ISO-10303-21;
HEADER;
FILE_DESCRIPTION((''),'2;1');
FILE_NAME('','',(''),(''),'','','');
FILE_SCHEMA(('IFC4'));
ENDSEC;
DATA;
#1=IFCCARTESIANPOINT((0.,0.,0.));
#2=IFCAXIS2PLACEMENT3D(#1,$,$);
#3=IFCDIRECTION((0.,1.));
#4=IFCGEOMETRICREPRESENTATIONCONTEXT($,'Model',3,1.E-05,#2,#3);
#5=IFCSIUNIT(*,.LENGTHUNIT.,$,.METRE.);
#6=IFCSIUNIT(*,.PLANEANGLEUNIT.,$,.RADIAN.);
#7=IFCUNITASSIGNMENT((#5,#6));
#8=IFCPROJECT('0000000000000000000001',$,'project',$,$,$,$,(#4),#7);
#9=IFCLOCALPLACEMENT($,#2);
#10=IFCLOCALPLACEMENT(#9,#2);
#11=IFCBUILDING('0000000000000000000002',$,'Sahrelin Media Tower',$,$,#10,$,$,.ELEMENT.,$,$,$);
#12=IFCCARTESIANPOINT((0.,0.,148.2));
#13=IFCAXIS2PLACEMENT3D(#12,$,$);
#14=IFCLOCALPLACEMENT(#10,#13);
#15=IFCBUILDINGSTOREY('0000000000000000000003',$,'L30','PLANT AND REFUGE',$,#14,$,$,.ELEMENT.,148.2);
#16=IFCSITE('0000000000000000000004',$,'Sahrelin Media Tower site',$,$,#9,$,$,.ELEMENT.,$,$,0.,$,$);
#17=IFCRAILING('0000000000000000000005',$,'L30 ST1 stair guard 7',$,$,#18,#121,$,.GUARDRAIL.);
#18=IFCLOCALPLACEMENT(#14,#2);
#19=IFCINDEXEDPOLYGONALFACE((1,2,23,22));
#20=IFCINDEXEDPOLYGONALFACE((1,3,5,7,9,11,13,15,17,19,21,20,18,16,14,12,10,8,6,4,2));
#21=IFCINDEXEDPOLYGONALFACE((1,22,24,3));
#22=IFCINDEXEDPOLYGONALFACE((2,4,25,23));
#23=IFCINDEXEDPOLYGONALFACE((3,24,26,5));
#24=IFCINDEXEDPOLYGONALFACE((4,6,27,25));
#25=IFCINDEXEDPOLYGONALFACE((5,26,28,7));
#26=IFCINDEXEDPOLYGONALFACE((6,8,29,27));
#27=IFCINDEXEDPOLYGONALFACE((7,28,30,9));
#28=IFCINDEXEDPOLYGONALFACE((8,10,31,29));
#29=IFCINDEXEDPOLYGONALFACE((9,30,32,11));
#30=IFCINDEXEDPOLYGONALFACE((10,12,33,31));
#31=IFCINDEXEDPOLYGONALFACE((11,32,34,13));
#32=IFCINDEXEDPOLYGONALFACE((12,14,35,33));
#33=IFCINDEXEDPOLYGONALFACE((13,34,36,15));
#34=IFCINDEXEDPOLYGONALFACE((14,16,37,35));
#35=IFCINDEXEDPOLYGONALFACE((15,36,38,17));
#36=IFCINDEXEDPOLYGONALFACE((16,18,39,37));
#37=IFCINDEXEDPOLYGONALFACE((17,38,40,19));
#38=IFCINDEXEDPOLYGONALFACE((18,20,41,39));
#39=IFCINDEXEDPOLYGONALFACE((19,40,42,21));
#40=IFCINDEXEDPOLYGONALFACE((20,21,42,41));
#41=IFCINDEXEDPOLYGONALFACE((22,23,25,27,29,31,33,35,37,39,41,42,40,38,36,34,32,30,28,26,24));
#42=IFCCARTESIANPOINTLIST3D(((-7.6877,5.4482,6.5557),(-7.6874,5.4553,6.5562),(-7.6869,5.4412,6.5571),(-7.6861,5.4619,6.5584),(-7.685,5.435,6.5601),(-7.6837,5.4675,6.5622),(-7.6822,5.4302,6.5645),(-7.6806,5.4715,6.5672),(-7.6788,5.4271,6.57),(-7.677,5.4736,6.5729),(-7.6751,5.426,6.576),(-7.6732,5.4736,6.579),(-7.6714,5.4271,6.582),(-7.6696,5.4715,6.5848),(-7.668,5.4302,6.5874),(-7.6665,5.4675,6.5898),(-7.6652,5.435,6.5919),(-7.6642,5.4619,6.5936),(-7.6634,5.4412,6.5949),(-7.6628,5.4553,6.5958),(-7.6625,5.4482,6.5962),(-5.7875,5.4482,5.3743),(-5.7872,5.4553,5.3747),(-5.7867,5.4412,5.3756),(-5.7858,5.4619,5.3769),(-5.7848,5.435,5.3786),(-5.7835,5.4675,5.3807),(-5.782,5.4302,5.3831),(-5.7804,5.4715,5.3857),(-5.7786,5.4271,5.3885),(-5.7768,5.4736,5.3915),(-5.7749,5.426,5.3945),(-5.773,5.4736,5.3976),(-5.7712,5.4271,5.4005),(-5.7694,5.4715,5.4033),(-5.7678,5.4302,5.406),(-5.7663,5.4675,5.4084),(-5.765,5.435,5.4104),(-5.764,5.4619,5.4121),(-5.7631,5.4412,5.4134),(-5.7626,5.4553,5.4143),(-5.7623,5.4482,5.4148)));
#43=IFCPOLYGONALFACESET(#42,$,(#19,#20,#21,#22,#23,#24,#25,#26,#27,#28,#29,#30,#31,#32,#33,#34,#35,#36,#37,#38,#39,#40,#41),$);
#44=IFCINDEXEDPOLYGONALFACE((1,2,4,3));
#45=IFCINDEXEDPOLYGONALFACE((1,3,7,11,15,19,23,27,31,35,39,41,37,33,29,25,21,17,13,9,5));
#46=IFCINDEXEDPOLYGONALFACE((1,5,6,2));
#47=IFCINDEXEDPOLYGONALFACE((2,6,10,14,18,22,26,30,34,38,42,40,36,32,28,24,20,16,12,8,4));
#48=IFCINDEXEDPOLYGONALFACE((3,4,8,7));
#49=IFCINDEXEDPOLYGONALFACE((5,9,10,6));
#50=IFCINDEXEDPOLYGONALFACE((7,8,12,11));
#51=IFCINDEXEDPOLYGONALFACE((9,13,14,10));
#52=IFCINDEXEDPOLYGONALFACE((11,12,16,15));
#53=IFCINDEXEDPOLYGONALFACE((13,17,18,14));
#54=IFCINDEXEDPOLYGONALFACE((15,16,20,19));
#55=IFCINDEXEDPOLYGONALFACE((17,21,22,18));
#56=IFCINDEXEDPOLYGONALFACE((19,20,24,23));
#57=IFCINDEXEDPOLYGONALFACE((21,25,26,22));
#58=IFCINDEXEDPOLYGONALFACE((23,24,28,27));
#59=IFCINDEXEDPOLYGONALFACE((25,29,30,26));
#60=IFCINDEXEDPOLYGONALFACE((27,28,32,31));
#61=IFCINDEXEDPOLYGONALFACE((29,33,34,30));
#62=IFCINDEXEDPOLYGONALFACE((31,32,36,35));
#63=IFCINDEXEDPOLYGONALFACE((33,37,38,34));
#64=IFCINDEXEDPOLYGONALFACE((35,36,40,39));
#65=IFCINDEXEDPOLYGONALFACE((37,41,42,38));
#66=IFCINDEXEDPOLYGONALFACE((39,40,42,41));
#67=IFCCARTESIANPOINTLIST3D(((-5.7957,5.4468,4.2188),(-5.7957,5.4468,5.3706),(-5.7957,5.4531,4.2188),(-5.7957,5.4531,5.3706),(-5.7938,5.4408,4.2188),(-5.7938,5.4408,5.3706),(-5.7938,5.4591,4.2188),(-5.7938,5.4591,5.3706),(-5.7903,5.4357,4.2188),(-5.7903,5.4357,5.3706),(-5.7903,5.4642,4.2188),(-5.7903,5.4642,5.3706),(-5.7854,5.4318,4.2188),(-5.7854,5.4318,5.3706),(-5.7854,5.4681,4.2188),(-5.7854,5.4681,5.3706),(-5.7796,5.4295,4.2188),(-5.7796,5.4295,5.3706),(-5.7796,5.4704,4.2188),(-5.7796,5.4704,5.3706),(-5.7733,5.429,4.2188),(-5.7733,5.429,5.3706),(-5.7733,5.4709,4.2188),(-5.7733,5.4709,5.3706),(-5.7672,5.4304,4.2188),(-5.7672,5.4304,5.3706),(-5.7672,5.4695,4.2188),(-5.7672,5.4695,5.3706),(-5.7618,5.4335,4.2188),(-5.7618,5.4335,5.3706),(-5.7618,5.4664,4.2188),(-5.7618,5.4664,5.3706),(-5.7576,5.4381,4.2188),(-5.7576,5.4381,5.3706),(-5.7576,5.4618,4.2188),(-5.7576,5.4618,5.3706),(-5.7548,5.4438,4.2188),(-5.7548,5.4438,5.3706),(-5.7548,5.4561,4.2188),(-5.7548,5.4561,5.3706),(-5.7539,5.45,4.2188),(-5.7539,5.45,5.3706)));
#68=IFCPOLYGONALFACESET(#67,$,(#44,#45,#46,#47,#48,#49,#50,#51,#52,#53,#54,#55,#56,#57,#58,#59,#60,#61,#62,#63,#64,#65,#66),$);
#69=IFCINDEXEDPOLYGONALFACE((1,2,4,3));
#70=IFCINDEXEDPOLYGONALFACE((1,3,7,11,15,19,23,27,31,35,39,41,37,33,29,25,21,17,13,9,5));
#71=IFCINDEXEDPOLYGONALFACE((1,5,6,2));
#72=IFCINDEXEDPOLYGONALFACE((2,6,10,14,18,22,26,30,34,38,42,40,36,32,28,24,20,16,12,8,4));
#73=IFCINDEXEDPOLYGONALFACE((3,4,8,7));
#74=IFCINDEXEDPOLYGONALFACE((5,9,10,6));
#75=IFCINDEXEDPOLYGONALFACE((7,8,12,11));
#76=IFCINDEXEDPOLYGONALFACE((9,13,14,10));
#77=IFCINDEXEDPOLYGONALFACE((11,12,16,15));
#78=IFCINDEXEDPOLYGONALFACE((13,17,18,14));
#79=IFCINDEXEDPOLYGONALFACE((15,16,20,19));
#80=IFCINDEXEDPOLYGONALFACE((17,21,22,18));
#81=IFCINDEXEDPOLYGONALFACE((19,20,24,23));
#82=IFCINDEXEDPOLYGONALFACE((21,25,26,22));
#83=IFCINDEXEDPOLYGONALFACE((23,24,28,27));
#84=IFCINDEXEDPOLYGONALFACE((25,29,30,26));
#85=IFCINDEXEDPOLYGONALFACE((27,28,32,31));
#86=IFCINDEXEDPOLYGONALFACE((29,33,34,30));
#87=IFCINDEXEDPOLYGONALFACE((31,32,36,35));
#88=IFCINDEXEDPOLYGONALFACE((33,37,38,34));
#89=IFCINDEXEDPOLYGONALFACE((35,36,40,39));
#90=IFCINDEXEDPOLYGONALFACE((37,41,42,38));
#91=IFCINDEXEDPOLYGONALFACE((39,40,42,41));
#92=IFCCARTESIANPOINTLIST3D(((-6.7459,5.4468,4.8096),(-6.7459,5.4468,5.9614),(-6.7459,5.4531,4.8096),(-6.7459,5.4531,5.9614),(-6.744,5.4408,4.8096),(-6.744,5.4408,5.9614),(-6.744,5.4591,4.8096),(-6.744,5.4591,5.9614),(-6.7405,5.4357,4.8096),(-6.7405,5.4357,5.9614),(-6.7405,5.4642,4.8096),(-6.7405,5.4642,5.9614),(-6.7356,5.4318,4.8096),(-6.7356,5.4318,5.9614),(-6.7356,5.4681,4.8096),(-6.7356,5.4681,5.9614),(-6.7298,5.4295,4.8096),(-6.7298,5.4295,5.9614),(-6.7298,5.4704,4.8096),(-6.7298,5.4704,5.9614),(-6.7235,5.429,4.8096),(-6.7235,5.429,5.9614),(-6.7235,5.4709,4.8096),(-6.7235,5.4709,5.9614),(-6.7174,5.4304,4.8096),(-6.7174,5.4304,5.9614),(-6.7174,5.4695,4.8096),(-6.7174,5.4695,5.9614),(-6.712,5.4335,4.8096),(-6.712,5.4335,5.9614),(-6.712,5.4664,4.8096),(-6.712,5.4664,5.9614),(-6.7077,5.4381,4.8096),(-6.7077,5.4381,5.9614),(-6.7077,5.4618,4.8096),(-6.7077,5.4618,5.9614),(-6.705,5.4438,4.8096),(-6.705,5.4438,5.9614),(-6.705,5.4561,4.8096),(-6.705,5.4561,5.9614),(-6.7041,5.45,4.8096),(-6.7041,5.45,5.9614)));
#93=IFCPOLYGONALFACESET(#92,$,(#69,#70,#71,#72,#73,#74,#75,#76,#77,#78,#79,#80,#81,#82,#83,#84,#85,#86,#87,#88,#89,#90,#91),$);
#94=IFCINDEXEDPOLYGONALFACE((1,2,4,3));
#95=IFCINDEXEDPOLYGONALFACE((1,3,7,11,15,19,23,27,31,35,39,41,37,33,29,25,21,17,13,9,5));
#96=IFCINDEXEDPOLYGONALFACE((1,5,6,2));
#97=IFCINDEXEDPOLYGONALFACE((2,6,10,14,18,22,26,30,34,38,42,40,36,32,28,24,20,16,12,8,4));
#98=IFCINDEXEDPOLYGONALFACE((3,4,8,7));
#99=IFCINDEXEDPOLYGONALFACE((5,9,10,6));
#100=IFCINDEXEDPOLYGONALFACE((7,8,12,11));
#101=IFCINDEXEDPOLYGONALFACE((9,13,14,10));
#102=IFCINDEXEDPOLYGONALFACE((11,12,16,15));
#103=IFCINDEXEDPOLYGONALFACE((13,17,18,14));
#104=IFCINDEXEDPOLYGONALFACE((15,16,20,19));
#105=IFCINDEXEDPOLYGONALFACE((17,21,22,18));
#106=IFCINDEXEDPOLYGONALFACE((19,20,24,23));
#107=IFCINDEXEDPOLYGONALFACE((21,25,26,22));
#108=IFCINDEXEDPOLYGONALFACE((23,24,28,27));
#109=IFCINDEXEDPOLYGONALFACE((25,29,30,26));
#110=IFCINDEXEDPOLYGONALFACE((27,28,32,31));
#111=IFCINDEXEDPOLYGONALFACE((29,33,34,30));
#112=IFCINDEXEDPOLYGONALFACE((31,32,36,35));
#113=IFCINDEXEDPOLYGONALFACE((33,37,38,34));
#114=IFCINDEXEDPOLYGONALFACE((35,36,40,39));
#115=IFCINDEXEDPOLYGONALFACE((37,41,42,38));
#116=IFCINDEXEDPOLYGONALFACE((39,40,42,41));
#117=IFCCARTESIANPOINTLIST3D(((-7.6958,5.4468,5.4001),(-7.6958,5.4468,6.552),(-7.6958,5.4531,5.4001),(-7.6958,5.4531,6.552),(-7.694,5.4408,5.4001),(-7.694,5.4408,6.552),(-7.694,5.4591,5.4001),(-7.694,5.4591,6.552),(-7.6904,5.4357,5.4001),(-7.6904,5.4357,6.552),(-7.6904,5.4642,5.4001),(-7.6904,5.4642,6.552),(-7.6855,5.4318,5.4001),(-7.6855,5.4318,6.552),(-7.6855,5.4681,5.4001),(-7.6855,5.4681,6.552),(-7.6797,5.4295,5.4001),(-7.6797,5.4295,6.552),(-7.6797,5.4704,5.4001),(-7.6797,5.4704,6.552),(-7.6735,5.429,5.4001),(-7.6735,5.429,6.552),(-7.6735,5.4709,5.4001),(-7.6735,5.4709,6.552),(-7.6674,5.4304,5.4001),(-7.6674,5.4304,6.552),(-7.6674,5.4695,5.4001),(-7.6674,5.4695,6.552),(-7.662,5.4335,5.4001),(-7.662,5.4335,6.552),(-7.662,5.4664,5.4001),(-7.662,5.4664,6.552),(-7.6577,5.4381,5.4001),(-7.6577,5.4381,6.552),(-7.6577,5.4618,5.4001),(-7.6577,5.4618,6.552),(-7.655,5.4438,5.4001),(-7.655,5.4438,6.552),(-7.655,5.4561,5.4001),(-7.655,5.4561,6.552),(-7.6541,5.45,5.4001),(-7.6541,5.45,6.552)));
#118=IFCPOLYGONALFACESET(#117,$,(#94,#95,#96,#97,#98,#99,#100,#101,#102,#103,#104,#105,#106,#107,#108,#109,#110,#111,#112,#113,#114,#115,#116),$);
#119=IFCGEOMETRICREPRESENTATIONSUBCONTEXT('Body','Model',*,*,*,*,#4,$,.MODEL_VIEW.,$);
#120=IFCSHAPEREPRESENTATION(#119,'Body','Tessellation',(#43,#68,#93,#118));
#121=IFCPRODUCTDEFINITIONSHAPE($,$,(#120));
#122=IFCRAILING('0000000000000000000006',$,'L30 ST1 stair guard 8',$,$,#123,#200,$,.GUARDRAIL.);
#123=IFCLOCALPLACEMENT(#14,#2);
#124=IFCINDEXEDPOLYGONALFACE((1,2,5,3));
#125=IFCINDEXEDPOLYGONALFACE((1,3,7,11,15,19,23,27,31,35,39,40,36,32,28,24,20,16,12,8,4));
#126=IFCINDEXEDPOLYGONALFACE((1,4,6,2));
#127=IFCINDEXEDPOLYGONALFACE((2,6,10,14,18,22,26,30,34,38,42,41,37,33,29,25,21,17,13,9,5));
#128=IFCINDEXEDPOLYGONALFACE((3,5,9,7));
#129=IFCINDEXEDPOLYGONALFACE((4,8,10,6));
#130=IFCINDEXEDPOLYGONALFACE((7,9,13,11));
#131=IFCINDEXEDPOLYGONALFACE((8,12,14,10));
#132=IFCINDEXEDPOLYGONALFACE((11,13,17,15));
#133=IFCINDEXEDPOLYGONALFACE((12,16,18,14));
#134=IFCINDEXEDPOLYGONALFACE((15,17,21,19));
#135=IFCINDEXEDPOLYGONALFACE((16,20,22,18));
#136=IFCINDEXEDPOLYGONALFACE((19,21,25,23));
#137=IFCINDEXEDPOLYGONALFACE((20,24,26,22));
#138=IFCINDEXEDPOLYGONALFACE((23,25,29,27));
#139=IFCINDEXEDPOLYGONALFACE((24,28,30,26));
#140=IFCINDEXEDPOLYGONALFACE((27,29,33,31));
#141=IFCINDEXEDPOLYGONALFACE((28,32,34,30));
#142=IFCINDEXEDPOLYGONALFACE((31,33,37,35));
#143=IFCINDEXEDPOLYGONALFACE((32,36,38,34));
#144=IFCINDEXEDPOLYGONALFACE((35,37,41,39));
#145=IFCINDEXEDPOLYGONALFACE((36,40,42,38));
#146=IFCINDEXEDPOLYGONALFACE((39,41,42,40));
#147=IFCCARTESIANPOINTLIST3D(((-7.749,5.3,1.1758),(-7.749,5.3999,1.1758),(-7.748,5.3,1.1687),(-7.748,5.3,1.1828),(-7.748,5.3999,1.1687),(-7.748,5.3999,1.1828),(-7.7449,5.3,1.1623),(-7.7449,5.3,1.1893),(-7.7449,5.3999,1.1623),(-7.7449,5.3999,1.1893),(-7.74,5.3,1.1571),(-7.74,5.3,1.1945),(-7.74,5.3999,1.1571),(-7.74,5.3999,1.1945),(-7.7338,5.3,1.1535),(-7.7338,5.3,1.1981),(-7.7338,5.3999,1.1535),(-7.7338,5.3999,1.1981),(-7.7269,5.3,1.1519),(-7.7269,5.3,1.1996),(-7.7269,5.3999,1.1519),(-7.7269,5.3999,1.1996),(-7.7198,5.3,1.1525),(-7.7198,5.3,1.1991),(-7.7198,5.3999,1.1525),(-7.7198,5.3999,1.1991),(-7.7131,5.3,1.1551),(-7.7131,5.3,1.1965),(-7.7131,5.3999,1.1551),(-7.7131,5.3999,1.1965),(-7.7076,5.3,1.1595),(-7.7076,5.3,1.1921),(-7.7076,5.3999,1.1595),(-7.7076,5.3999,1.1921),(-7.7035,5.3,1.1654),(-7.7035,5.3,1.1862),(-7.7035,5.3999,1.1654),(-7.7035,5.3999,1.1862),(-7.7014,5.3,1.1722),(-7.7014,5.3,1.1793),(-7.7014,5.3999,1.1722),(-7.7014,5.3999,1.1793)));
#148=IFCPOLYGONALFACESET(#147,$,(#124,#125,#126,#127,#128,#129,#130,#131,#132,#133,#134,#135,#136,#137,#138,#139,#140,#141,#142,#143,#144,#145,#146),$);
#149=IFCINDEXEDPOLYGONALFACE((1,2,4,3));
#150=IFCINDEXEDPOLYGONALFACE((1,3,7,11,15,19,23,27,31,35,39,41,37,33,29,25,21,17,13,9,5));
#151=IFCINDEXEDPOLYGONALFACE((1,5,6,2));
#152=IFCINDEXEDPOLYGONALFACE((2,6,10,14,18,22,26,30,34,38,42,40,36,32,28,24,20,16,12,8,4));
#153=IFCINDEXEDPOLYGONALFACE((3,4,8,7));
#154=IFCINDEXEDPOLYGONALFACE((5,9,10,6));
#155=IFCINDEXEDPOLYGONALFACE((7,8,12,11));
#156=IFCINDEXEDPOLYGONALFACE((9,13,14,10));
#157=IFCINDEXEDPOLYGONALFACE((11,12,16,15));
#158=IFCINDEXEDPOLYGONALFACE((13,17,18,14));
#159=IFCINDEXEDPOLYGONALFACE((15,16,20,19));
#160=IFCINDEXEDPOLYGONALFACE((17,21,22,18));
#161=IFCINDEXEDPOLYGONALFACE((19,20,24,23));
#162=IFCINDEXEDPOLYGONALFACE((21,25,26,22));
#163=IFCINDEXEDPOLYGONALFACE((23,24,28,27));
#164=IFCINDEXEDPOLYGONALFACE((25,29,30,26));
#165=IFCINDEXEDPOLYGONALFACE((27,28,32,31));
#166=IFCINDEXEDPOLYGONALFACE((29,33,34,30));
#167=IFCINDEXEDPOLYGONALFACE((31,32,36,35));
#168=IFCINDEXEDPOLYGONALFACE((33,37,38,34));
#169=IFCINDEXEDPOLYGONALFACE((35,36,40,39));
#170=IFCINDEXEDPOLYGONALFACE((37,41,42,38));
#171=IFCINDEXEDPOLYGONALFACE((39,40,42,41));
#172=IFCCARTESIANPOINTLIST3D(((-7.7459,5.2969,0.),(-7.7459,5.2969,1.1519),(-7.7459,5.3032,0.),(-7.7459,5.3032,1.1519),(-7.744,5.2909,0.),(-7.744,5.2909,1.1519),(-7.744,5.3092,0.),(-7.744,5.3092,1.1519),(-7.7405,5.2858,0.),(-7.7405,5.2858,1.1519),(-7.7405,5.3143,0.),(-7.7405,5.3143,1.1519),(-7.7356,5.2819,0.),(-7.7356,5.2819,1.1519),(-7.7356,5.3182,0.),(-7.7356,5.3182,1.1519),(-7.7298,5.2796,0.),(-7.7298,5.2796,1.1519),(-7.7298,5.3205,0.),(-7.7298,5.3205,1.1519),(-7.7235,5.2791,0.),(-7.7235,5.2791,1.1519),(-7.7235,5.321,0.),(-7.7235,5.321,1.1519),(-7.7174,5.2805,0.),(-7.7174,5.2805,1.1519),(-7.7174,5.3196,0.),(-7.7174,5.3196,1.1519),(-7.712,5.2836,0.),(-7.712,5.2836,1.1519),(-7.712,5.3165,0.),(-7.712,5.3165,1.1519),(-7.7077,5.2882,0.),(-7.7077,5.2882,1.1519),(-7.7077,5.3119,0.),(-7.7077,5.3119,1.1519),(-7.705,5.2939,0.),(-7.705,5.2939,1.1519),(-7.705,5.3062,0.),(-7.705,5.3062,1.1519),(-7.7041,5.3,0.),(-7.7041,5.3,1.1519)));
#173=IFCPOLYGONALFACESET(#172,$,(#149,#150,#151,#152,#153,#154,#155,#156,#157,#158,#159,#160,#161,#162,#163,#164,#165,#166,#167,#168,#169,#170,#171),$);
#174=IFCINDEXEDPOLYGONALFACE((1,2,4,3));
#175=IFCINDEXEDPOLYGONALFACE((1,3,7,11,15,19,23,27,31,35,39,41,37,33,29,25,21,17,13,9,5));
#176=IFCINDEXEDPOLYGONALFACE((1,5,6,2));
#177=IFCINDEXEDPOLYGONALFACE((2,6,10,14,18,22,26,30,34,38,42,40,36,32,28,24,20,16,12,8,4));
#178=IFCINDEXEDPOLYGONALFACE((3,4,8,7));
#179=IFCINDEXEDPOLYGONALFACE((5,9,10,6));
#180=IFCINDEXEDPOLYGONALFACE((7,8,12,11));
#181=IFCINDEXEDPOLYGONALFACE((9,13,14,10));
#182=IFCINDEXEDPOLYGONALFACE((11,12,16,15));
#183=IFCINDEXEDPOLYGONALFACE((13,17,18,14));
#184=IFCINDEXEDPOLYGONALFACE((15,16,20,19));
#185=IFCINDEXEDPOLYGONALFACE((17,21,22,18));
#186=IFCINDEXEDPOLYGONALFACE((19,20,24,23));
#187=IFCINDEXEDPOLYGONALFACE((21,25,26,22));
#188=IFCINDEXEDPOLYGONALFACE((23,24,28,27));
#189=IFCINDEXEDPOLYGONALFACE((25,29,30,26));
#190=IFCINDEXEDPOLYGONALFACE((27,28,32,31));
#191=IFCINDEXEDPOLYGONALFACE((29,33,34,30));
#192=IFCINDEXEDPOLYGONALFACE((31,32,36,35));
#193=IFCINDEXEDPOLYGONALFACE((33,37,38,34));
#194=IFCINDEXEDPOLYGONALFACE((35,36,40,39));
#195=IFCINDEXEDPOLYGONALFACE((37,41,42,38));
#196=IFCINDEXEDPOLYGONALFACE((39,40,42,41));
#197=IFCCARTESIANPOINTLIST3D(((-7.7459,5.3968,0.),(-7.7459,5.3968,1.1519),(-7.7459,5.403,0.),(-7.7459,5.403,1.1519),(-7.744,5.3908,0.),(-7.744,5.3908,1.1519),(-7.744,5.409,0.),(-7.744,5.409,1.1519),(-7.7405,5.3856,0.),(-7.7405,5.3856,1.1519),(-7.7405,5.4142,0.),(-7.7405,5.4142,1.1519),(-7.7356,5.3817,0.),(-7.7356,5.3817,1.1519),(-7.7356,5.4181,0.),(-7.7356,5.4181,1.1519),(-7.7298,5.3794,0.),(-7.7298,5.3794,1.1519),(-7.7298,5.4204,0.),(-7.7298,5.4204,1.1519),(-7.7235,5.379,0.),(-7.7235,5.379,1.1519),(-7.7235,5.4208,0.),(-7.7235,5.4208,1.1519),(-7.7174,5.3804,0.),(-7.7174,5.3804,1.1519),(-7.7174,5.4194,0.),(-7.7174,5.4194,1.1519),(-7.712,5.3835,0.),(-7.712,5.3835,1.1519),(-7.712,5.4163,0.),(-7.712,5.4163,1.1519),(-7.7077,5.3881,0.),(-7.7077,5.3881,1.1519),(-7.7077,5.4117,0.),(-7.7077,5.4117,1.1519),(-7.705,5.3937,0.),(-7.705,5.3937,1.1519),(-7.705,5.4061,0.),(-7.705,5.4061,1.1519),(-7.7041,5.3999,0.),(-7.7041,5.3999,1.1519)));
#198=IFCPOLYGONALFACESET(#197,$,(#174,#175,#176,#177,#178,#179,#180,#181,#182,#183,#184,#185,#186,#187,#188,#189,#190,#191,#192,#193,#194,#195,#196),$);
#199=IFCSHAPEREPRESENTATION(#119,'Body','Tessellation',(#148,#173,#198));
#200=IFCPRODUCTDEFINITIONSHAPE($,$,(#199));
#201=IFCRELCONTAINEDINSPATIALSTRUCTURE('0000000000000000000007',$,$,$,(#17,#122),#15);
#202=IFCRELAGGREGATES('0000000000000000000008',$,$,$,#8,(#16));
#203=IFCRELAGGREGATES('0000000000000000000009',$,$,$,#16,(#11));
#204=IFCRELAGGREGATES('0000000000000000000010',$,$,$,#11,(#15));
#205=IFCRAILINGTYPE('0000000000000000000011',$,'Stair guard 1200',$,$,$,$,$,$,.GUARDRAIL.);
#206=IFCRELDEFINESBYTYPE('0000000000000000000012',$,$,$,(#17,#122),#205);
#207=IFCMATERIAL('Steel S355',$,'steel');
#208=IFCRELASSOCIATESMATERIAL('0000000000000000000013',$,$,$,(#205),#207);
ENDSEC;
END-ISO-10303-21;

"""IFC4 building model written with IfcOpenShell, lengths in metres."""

from ifc_helpers import new_model, si_unit, direction, frame, origin, origin_2d, place, context, subcontext, project, spatial, circle, extrude, material, type_object, element, save


model = new_model("IFC4")

# Units and contexts
model_context = context("Model", 3, precision=1e-05, world=origin(), true_north=direction((0.0, 1.0)))
body_context = subcontext(model_context, "Body", "Model", "MODEL_VIEW")
ifc_project = project(units=[si_unit("LENGTHUNIT", "METRE"), si_unit("PLANEANGLEUNIT", "RADIAN")], contexts=[model_context])

# Site, building, storey
site_placement = place(None, origin())
site = spatial("IfcSite", under=ifc_project, at=site_placement, Name="Sahrelin Media Tower site", CompositionType="ELEMENT", RefElevation=0.0)
building_placement = place(site_placement, origin())
building = spatial("IfcBuilding", under=site, at=building_placement, Name="Sahrelin Media Tower", CompositionType="ELEMENT")
storey_placement = place(building_placement, frame((0.0, 0.0, 148.2)))
storey = spatial("IfcBuildingStorey", under=building, at=storey_placement, Name="L30", Description="PLANT AND REFUGE", CompositionType="ELEMENT", Elevation=148.2)

# Shared definitions
ifc_material_1 = material(Name="Steel S355", Category="steel")

# Railings
railing_type_1 = type_object("IfcRailingType", Name="Stair guard 1200", PredefinedType="GUARDRAIL", material=ifc_material_1)
railing_1_placement = place(storey_placement, frame((-5.7749, 5.45, 4.2188)))
element("IfcRailing", 1, at=railing_1_placement, inside=storey, type_object=railing_type_1, Name="L30 ST1 stair guard 7", PredefinedType="GUARDRAIL", context=body_context, shape_type="SweptSolid", body=[
    extrude(circle(Radius=0.0239, at=origin_2d()), frame((0.0, 0.0, 1.1758), z_axis=(-0.84924, 0.0, 0.528006), x_axis=(0.0, -1.0, 0.0)), (0.0, 0.0, 1.0), 2.2375),
    extrude(circle(Radius=0.021, at=origin_2d()), origin(), (0.0, 0.0, 1.0), 1.1519),
    extrude(circle(Radius=0.021, at=origin_2d()), frame((-0.9502, 0.0, 0.5908)), (0.0, 0.0, 1.0), 1.1519),
    extrude(circle(Radius=0.021, at=origin_2d()), frame((-1.9001, 0.0, 1.1814)), (0.0, 0.0, 1.0), 1.1519),
])
railing_2_placement = place(storey_placement, frame((-7.7251, 5.3, 0.0)))
element("IfcRailing", 2, at=railing_2_placement, inside=storey, type_object=railing_type_1, Name="L30 ST1 stair guard 8", PredefinedType="GUARDRAIL", context=body_context, shape_type="SweptSolid", body=[
    extrude(circle(Radius=0.0239, at=origin_2d()), frame((0.0, 0.0, 1.1758), z_axis=(0.0, 1.0, 0.0), x_axis=(-1.0, 0.0, 0.0)), (0.0, 0.0, 1.0), 0.0999),
    extrude(circle(Radius=0.021, at=origin_2d()), origin(), (0.0, 0.0, 1.0), 1.1519),
    extrude(circle(Radius=0.021, at=origin_2d()), frame((0.0, 0.0999, 0.0)), (0.0, 0.0, 1.0), 1.1519),
])

save(model, "model.ifc")
